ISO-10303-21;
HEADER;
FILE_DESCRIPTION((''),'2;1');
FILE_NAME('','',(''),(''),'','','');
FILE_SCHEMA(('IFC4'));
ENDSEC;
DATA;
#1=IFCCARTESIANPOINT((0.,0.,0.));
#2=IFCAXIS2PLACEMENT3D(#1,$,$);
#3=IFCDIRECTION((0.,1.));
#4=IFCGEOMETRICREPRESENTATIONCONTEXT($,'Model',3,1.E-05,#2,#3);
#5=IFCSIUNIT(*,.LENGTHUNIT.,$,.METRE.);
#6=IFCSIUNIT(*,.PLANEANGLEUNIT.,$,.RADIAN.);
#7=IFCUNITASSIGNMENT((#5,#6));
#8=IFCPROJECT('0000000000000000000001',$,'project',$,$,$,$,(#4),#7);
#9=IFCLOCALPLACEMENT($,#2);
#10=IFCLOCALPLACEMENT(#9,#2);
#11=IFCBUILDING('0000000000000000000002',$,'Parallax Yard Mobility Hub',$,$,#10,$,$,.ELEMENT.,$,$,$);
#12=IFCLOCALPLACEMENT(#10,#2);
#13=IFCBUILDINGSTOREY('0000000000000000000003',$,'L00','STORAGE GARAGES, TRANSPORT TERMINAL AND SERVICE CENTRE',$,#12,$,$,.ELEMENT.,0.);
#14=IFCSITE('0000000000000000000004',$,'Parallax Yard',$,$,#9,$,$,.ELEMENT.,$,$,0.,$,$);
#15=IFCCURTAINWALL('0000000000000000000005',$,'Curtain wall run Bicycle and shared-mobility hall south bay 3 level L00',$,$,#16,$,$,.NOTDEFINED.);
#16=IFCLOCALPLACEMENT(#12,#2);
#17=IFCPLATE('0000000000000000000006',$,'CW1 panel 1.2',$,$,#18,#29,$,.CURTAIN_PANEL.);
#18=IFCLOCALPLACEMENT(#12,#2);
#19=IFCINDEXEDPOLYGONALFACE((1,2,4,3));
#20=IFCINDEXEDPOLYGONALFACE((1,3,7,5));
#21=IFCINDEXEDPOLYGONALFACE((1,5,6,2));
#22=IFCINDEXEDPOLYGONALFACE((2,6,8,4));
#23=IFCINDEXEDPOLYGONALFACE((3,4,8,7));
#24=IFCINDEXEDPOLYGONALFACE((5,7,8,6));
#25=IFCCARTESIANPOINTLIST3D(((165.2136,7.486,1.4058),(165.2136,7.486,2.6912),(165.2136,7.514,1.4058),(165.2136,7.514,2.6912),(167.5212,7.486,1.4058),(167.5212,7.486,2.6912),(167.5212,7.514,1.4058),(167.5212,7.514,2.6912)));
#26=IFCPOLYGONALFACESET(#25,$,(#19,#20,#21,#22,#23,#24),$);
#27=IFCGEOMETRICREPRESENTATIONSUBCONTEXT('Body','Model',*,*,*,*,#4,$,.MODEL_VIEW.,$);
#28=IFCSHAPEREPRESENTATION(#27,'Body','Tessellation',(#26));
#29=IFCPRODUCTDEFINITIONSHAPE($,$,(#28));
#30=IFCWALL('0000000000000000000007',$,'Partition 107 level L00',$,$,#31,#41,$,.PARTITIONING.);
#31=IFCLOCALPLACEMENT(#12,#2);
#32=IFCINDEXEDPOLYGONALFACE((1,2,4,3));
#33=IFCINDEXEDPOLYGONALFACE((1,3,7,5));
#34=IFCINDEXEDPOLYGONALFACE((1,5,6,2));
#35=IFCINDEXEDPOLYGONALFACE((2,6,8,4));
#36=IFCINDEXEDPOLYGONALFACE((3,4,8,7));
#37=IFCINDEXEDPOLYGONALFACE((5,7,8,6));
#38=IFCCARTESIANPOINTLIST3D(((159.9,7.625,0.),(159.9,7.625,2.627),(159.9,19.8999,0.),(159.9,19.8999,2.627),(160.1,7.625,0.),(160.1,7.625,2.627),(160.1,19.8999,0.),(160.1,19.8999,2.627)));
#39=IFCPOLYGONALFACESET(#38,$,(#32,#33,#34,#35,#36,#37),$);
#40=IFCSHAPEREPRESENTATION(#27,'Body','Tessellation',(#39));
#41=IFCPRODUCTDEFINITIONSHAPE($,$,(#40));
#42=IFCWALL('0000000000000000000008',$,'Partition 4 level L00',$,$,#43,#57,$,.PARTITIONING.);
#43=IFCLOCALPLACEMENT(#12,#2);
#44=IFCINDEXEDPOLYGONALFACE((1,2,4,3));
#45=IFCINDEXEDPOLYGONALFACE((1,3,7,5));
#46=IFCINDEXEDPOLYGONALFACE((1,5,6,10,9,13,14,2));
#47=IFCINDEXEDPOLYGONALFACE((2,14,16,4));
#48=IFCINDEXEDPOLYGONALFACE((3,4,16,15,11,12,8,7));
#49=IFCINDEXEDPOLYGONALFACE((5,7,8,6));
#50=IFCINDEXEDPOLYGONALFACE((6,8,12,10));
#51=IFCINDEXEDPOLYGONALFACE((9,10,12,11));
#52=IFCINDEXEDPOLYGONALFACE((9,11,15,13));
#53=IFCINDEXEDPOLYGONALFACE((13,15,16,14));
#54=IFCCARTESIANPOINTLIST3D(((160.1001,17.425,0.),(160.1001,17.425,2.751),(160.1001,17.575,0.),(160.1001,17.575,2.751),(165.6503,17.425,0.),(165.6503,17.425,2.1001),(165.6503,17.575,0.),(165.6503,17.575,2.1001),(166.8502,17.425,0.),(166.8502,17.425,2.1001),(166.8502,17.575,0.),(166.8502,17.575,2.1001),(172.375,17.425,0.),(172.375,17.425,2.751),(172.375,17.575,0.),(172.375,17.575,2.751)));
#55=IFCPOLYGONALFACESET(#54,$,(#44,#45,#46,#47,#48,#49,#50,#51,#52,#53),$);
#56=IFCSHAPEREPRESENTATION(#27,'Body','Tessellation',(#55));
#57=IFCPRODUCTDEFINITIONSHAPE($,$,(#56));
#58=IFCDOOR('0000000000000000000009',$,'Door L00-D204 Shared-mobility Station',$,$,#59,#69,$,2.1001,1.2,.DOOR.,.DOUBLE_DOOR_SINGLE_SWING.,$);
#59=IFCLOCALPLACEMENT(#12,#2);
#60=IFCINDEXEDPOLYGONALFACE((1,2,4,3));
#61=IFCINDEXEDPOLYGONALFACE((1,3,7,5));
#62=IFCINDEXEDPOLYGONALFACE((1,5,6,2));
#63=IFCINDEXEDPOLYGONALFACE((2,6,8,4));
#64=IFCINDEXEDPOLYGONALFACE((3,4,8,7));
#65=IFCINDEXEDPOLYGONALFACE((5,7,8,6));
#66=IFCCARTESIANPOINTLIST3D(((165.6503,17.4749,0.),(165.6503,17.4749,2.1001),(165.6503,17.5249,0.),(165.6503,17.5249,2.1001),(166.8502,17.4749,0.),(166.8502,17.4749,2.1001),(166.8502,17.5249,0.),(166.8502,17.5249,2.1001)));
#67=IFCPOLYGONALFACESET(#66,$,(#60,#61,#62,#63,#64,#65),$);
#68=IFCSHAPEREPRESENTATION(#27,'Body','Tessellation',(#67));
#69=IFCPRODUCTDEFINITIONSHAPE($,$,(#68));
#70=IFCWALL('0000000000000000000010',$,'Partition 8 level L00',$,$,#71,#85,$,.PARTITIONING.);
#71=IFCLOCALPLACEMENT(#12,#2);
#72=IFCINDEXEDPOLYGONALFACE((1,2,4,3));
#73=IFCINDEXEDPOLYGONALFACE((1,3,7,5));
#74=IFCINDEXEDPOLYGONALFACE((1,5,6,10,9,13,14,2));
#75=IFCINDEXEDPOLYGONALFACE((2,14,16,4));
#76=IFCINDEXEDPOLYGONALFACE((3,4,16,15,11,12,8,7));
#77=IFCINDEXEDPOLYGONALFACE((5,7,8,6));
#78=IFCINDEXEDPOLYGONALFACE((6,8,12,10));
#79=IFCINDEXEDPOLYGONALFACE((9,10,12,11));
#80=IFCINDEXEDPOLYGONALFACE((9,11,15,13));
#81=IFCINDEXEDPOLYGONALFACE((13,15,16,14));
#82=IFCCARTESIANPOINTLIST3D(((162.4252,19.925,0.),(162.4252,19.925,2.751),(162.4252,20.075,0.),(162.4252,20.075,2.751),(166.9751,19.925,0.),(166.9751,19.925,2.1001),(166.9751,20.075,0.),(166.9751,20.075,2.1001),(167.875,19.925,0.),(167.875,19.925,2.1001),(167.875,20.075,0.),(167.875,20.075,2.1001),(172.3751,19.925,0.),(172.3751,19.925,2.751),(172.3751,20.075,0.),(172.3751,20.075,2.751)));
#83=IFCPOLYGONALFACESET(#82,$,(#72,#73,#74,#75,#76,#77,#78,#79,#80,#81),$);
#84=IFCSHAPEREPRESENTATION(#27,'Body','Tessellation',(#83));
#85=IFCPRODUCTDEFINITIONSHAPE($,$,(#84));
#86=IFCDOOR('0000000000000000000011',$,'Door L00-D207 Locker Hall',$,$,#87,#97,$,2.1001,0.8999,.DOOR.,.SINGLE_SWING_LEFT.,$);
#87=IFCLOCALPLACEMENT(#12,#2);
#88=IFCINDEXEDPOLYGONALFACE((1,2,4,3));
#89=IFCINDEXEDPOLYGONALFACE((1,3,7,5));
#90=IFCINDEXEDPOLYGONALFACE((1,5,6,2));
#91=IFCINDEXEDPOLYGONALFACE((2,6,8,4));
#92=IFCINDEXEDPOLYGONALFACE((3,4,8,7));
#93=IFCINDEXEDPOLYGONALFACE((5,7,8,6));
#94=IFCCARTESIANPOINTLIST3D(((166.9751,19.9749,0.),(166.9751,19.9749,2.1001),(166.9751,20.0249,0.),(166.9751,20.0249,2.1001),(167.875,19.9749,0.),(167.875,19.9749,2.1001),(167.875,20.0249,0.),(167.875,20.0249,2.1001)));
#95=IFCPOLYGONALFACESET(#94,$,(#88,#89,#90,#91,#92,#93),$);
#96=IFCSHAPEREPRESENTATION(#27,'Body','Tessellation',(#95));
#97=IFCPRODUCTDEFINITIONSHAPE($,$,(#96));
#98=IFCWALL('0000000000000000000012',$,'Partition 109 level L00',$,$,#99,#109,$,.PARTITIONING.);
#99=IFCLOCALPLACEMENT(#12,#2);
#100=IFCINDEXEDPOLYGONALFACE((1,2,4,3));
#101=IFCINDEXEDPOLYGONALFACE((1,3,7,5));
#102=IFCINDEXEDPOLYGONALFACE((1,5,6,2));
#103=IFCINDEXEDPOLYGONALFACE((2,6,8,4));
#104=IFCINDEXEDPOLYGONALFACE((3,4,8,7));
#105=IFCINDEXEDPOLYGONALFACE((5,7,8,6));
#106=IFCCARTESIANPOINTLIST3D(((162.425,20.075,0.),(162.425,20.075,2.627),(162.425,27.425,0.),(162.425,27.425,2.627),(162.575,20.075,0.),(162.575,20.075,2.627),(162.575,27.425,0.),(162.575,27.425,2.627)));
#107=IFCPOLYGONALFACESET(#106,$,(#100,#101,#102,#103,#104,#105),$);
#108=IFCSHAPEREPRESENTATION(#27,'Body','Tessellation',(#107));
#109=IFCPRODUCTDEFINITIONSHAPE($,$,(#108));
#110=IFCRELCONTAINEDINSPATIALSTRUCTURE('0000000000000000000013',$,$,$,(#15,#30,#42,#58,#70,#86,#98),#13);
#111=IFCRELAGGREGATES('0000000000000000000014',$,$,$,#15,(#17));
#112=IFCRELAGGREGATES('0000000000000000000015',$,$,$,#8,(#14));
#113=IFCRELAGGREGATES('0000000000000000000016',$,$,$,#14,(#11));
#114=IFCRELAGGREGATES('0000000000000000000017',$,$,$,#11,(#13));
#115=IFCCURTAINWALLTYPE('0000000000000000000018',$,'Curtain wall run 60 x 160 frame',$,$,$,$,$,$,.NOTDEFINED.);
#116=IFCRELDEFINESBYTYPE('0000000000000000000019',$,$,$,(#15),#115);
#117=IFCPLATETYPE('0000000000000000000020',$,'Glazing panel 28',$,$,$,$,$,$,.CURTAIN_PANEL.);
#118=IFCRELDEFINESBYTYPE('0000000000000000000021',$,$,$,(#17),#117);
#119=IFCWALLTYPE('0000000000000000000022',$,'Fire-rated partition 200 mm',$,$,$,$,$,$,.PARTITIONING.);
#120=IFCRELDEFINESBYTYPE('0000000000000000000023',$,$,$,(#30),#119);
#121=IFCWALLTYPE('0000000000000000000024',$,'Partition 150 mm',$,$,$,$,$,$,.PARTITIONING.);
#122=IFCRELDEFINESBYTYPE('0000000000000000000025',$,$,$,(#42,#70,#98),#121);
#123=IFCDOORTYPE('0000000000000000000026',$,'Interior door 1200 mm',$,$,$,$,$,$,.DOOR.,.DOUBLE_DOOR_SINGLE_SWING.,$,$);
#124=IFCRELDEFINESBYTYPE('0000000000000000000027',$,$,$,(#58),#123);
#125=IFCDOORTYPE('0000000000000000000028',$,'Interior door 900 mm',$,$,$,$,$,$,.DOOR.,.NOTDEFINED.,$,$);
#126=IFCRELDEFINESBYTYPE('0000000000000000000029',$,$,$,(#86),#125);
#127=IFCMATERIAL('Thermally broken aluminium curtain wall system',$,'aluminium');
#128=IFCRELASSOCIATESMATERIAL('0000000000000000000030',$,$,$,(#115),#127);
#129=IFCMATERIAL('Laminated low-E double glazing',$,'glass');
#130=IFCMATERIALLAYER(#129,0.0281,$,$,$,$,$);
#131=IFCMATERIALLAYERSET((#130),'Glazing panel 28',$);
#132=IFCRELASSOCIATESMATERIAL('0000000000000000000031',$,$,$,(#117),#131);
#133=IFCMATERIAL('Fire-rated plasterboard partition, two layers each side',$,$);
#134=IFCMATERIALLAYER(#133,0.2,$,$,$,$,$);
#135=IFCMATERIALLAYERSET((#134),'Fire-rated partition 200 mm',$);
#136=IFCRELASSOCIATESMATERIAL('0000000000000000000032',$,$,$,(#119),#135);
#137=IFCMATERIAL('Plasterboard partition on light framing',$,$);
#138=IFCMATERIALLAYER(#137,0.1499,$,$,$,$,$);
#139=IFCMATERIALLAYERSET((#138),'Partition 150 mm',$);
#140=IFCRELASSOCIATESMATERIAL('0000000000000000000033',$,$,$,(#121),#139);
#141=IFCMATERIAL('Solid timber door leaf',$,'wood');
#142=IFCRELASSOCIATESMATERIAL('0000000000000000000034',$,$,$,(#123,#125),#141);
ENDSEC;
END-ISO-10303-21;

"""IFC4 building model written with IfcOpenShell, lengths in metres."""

from ifc_helpers import new_model, si_unit, direction, frame, frame_2d, origin, origin_2d, place, context, subcontext, project, spatial, rectangle, extrude, material, layer, layer_set, type_object, element, fill, aggregate, save


model = new_model("IFC4")

# Units and contexts
model_context = context("Model", 3, precision=1e-05, world=origin(), true_north=direction((0.0, 1.0)))
body_context = subcontext(model_context, "Body", "Model", "MODEL_VIEW")
ifc_project = project(units=[si_unit("LENGTHUNIT", "METRE"), si_unit("PLANEANGLEUNIT", "RADIAN")], contexts=[model_context])

# Site, building, storey
site_placement = place(None, origin())
site = spatial("IfcSite", under=ifc_project, at=site_placement, Name="Parallax Yard", CompositionType="ELEMENT", RefElevation=0.0)
building_placement = place(site_placement, origin())
building = spatial("IfcBuilding", under=site, at=building_placement, Name="Parallax Yard Mobility Hub", CompositionType="ELEMENT")
storey_placement = place(building_placement, origin())
storey = spatial("IfcBuildingStorey", under=building, at=storey_placement, Name="L00", Description="STORAGE GARAGES, TRANSPORT TERMINAL AND SERVICE CENTRE", CompositionType="ELEMENT", Elevation=0.0)

# Curtain wall, plate
ifc_material_1 = material(Name="Thermally broken aluminium curtain wall system", Category="aluminium")
curtain_wall_type = type_object("IfcCurtainWallType", Name="Curtain wall run 60 x 160 frame", PredefinedType="NOTDEFINED", material=ifc_material_1)
curtain_wall_placement = place(storey_placement, origin())
curtain_wall = element("IfcCurtainWall", 1, at=curtain_wall_placement, inside=storey, type_object=curtain_wall_type, Name="Curtain wall run Bicycle and shared-mobility hall south bay 3 level L00", PredefinedType="NOTDEFINED")
ifc_material_2 = material(Name="Laminated low-E double glazing", Category="glass")
ifc_layer_1 = layer(ifc_material_2, 0.0281)
ifc_layer_set_1 = layer_set([ifc_layer_1], Name="Glazing panel 28")
plate_type = type_object("IfcPlateType", Name="Glazing panel 28", PredefinedType="CURTAIN_PANEL", material=ifc_layer_set_1)
plate_1_placement = place(storey_placement, frame((166.3674, 7.5, 1.4058), z_axis=(0.0, 0.0, 1.0), x_axis=(1.0, 0.0, 0.0)))
plate_1 = element("IfcPlate", 2, at=plate_1_placement, type_object=plate_type, Name="CW1 panel 1.2", PredefinedType="CURTAIN_PANEL", context=body_context, shape_type="SweptSolid", body=[
    extrude(rectangle(XDim=2.3076, YDim=0.0281, at=origin_2d()), origin(), (0.0, 0.0, 1.0), 1.2854),
])
aggregate(curtain_wall, [plate_1])

# Wall
ifc_material_3 = material(Name="Fire-rated plasterboard partition, two layers each side")
ifc_layer_2 = layer(ifc_material_3, 0.2)
ifc_layer_set_2 = layer_set([ifc_layer_2], Name="Fire-rated partition 200 mm")
wall_type_1 = type_object("IfcWallType", Name="Fire-rated partition 200 mm", PredefinedType="PARTITIONING", material=ifc_layer_set_2)
wall_1_placement = place(storey_placement, frame((160.0, 7.625, 0.0), z_axis=(0.0, 0.0, 1.0), x_axis=(0.0, 1.0, 0.0)))
element("IfcWall", 3, at=wall_1_placement, inside=storey, type_object=wall_type_1, Name="Partition 107 level L00", PredefinedType="PARTITIONING", context=body_context, shape_type="SweptSolid", body=[
    extrude(rectangle(XDim=12.2749, YDim=0.2, at=frame_2d((6.1375, 0.0))), origin(), (0.0, 0.0, 1.0), 2.627),
])

# Walls, openings, doors
ifc_material_4 = material(Name="Plasterboard partition on light framing")
ifc_layer_3 = layer(ifc_material_4, 0.1499)
ifc_layer_set_3 = layer_set([ifc_layer_3], Name="Partition 150 mm")
wall_type_2 = type_object("IfcWallType", Name="Partition 150 mm", PredefinedType="PARTITIONING", material=ifc_layer_set_3)
wall_2_placement = place(storey_placement, frame((160.1001, 17.5, 0.0), z_axis=(0.0, 0.0, 1.0), x_axis=(1.0, 0.0, 0.0)))
wall_2 = element("IfcWall", 4, at=wall_2_placement, inside=storey, type_object=wall_type_2, Name="Partition 4 level L00", PredefinedType="PARTITIONING", context=body_context, shape_type="SweptSolid", body=[
    extrude(rectangle(XDim=12.2749, YDim=0.1499, at=frame_2d((6.1375, 0.0))), origin(), (0.0, 0.0, 1.0), 2.751),
])
opening_1_placement = place(wall_2_placement, frame((5.55, 0.0, 0.0)))
opening_1 = element("IfcOpeningElement", 5, at=opening_1_placement, cuts=wall_2, PredefinedType="OPENING", context=body_context, shape_type="SweptSolid", body=[
    extrude(rectangle(XDim=1.2, YDim=2.1001, at=frame_2d((0.6001, 1.05))), frame((0.0, 0.085, 0.0), z_axis=(0.0, -1.0, 0.0), x_axis=(1.0, 0.0, 0.0)), (0.0, 0.0, 1.0), 0.1699),
])
ifc_material_5 = material(Name="Solid timber door leaf", Category="wood")
door_type_1 = type_object("IfcDoorType", Name="Interior door 1200 mm", OperationType="DOUBLE_DOOR_SINGLE_SWING", PredefinedType="DOOR", material=ifc_material_5)
door_1_placement = place(opening_1_placement, origin())
door_1 = element("IfcDoor", 6, at=door_1_placement, inside=storey, type_object=door_type_1, Name="Door L00-D204 Shared-mobility Station", OperationType="DOUBLE_DOOR_SINGLE_SWING", OverallHeight=2.1001, OverallWidth=1.2, PredefinedType="DOOR", context=body_context, shape_type="SweptSolid", body=[
    extrude(rectangle(XDim=1.2, YDim=2.1001, at=frame_2d((0.6001, 1.05))), frame((0.0, 0.0249, 0.0), z_axis=(0.0, -1.0, 0.0), x_axis=(1.0, 0.0, 0.0)), (0.0, 0.0, 1.0), 0.05),
])
fill(opening_1, door_1)
wall_3_placement = place(storey_placement, frame((162.425, 20.0, 0.0), z_axis=(0.0, 0.0, 1.0), x_axis=(1.0, 0.0, 0.0)))
wall_3 = element("IfcWall", 7, at=wall_3_placement, inside=storey, type_object=wall_type_2, Name="Partition 8 level L00", PredefinedType="PARTITIONING", context=body_context, shape_type="SweptSolid", body=[
    extrude(rectangle(XDim=9.95, YDim=0.1499, at=frame_2d((4.9751, 0.0))), origin(), (0.0, 0.0, 1.0), 2.751),
])
opening_2_placement = place(wall_3_placement, frame((4.55, 0.0, 0.0)))
opening_2 = element("IfcOpeningElement", 8, at=opening_2_placement, cuts=wall_3, PredefinedType="OPENING", context=body_context, shape_type="SweptSolid", body=[
    extrude(rectangle(XDim=0.8999, YDim=2.1001, at=frame_2d((0.45, 1.05))), frame((0.0, 0.085, 0.0), z_axis=(0.0, -1.0, 0.0), x_axis=(1.0, 0.0, 0.0)), (0.0, 0.0, 1.0), 0.1699),
])
door_type_2 = type_object("IfcDoorType", Name="Interior door 900 mm", OperationType="NOTDEFINED", PredefinedType="DOOR", material=ifc_material_5)
door_2_placement = place(opening_2_placement, origin())
door_2 = element("IfcDoor", 9, at=door_2_placement, inside=storey, type_object=door_type_2, Name="Door L00-D207 Locker Hall", OperationType="SINGLE_SWING_LEFT", OverallHeight=2.1001, OverallWidth=0.8999, PredefinedType="DOOR", context=body_context, shape_type="SweptSolid", body=[
    extrude(rectangle(XDim=0.8999, YDim=2.1001, at=frame_2d((0.45, 1.05))), frame((0.0, 0.0249, 0.0), z_axis=(0.0, -1.0, 0.0), x_axis=(1.0, 0.0, 0.0)), (0.0, 0.0, 1.0), 0.05),
])
fill(opening_2, door_2)

# Wall
wall_4_placement = place(storey_placement, frame((162.5, 20.075, 0.0), z_axis=(0.0, 0.0, 1.0), x_axis=(0.0, 1.0, 0.0)))
element("IfcWall", 10, at=wall_4_placement, inside=storey, type_object=wall_type_2, Name="Partition 109 level L00", PredefinedType="PARTITIONING", context=body_context, shape_type="SweptSolid", body=[
    extrude(rectangle(XDim=7.3501, YDim=0.1499, at=frame_2d((3.675, 0.0))), origin(), (0.0, 0.0, 1.0), 2.627),
])

save(model, "model.ifc")
